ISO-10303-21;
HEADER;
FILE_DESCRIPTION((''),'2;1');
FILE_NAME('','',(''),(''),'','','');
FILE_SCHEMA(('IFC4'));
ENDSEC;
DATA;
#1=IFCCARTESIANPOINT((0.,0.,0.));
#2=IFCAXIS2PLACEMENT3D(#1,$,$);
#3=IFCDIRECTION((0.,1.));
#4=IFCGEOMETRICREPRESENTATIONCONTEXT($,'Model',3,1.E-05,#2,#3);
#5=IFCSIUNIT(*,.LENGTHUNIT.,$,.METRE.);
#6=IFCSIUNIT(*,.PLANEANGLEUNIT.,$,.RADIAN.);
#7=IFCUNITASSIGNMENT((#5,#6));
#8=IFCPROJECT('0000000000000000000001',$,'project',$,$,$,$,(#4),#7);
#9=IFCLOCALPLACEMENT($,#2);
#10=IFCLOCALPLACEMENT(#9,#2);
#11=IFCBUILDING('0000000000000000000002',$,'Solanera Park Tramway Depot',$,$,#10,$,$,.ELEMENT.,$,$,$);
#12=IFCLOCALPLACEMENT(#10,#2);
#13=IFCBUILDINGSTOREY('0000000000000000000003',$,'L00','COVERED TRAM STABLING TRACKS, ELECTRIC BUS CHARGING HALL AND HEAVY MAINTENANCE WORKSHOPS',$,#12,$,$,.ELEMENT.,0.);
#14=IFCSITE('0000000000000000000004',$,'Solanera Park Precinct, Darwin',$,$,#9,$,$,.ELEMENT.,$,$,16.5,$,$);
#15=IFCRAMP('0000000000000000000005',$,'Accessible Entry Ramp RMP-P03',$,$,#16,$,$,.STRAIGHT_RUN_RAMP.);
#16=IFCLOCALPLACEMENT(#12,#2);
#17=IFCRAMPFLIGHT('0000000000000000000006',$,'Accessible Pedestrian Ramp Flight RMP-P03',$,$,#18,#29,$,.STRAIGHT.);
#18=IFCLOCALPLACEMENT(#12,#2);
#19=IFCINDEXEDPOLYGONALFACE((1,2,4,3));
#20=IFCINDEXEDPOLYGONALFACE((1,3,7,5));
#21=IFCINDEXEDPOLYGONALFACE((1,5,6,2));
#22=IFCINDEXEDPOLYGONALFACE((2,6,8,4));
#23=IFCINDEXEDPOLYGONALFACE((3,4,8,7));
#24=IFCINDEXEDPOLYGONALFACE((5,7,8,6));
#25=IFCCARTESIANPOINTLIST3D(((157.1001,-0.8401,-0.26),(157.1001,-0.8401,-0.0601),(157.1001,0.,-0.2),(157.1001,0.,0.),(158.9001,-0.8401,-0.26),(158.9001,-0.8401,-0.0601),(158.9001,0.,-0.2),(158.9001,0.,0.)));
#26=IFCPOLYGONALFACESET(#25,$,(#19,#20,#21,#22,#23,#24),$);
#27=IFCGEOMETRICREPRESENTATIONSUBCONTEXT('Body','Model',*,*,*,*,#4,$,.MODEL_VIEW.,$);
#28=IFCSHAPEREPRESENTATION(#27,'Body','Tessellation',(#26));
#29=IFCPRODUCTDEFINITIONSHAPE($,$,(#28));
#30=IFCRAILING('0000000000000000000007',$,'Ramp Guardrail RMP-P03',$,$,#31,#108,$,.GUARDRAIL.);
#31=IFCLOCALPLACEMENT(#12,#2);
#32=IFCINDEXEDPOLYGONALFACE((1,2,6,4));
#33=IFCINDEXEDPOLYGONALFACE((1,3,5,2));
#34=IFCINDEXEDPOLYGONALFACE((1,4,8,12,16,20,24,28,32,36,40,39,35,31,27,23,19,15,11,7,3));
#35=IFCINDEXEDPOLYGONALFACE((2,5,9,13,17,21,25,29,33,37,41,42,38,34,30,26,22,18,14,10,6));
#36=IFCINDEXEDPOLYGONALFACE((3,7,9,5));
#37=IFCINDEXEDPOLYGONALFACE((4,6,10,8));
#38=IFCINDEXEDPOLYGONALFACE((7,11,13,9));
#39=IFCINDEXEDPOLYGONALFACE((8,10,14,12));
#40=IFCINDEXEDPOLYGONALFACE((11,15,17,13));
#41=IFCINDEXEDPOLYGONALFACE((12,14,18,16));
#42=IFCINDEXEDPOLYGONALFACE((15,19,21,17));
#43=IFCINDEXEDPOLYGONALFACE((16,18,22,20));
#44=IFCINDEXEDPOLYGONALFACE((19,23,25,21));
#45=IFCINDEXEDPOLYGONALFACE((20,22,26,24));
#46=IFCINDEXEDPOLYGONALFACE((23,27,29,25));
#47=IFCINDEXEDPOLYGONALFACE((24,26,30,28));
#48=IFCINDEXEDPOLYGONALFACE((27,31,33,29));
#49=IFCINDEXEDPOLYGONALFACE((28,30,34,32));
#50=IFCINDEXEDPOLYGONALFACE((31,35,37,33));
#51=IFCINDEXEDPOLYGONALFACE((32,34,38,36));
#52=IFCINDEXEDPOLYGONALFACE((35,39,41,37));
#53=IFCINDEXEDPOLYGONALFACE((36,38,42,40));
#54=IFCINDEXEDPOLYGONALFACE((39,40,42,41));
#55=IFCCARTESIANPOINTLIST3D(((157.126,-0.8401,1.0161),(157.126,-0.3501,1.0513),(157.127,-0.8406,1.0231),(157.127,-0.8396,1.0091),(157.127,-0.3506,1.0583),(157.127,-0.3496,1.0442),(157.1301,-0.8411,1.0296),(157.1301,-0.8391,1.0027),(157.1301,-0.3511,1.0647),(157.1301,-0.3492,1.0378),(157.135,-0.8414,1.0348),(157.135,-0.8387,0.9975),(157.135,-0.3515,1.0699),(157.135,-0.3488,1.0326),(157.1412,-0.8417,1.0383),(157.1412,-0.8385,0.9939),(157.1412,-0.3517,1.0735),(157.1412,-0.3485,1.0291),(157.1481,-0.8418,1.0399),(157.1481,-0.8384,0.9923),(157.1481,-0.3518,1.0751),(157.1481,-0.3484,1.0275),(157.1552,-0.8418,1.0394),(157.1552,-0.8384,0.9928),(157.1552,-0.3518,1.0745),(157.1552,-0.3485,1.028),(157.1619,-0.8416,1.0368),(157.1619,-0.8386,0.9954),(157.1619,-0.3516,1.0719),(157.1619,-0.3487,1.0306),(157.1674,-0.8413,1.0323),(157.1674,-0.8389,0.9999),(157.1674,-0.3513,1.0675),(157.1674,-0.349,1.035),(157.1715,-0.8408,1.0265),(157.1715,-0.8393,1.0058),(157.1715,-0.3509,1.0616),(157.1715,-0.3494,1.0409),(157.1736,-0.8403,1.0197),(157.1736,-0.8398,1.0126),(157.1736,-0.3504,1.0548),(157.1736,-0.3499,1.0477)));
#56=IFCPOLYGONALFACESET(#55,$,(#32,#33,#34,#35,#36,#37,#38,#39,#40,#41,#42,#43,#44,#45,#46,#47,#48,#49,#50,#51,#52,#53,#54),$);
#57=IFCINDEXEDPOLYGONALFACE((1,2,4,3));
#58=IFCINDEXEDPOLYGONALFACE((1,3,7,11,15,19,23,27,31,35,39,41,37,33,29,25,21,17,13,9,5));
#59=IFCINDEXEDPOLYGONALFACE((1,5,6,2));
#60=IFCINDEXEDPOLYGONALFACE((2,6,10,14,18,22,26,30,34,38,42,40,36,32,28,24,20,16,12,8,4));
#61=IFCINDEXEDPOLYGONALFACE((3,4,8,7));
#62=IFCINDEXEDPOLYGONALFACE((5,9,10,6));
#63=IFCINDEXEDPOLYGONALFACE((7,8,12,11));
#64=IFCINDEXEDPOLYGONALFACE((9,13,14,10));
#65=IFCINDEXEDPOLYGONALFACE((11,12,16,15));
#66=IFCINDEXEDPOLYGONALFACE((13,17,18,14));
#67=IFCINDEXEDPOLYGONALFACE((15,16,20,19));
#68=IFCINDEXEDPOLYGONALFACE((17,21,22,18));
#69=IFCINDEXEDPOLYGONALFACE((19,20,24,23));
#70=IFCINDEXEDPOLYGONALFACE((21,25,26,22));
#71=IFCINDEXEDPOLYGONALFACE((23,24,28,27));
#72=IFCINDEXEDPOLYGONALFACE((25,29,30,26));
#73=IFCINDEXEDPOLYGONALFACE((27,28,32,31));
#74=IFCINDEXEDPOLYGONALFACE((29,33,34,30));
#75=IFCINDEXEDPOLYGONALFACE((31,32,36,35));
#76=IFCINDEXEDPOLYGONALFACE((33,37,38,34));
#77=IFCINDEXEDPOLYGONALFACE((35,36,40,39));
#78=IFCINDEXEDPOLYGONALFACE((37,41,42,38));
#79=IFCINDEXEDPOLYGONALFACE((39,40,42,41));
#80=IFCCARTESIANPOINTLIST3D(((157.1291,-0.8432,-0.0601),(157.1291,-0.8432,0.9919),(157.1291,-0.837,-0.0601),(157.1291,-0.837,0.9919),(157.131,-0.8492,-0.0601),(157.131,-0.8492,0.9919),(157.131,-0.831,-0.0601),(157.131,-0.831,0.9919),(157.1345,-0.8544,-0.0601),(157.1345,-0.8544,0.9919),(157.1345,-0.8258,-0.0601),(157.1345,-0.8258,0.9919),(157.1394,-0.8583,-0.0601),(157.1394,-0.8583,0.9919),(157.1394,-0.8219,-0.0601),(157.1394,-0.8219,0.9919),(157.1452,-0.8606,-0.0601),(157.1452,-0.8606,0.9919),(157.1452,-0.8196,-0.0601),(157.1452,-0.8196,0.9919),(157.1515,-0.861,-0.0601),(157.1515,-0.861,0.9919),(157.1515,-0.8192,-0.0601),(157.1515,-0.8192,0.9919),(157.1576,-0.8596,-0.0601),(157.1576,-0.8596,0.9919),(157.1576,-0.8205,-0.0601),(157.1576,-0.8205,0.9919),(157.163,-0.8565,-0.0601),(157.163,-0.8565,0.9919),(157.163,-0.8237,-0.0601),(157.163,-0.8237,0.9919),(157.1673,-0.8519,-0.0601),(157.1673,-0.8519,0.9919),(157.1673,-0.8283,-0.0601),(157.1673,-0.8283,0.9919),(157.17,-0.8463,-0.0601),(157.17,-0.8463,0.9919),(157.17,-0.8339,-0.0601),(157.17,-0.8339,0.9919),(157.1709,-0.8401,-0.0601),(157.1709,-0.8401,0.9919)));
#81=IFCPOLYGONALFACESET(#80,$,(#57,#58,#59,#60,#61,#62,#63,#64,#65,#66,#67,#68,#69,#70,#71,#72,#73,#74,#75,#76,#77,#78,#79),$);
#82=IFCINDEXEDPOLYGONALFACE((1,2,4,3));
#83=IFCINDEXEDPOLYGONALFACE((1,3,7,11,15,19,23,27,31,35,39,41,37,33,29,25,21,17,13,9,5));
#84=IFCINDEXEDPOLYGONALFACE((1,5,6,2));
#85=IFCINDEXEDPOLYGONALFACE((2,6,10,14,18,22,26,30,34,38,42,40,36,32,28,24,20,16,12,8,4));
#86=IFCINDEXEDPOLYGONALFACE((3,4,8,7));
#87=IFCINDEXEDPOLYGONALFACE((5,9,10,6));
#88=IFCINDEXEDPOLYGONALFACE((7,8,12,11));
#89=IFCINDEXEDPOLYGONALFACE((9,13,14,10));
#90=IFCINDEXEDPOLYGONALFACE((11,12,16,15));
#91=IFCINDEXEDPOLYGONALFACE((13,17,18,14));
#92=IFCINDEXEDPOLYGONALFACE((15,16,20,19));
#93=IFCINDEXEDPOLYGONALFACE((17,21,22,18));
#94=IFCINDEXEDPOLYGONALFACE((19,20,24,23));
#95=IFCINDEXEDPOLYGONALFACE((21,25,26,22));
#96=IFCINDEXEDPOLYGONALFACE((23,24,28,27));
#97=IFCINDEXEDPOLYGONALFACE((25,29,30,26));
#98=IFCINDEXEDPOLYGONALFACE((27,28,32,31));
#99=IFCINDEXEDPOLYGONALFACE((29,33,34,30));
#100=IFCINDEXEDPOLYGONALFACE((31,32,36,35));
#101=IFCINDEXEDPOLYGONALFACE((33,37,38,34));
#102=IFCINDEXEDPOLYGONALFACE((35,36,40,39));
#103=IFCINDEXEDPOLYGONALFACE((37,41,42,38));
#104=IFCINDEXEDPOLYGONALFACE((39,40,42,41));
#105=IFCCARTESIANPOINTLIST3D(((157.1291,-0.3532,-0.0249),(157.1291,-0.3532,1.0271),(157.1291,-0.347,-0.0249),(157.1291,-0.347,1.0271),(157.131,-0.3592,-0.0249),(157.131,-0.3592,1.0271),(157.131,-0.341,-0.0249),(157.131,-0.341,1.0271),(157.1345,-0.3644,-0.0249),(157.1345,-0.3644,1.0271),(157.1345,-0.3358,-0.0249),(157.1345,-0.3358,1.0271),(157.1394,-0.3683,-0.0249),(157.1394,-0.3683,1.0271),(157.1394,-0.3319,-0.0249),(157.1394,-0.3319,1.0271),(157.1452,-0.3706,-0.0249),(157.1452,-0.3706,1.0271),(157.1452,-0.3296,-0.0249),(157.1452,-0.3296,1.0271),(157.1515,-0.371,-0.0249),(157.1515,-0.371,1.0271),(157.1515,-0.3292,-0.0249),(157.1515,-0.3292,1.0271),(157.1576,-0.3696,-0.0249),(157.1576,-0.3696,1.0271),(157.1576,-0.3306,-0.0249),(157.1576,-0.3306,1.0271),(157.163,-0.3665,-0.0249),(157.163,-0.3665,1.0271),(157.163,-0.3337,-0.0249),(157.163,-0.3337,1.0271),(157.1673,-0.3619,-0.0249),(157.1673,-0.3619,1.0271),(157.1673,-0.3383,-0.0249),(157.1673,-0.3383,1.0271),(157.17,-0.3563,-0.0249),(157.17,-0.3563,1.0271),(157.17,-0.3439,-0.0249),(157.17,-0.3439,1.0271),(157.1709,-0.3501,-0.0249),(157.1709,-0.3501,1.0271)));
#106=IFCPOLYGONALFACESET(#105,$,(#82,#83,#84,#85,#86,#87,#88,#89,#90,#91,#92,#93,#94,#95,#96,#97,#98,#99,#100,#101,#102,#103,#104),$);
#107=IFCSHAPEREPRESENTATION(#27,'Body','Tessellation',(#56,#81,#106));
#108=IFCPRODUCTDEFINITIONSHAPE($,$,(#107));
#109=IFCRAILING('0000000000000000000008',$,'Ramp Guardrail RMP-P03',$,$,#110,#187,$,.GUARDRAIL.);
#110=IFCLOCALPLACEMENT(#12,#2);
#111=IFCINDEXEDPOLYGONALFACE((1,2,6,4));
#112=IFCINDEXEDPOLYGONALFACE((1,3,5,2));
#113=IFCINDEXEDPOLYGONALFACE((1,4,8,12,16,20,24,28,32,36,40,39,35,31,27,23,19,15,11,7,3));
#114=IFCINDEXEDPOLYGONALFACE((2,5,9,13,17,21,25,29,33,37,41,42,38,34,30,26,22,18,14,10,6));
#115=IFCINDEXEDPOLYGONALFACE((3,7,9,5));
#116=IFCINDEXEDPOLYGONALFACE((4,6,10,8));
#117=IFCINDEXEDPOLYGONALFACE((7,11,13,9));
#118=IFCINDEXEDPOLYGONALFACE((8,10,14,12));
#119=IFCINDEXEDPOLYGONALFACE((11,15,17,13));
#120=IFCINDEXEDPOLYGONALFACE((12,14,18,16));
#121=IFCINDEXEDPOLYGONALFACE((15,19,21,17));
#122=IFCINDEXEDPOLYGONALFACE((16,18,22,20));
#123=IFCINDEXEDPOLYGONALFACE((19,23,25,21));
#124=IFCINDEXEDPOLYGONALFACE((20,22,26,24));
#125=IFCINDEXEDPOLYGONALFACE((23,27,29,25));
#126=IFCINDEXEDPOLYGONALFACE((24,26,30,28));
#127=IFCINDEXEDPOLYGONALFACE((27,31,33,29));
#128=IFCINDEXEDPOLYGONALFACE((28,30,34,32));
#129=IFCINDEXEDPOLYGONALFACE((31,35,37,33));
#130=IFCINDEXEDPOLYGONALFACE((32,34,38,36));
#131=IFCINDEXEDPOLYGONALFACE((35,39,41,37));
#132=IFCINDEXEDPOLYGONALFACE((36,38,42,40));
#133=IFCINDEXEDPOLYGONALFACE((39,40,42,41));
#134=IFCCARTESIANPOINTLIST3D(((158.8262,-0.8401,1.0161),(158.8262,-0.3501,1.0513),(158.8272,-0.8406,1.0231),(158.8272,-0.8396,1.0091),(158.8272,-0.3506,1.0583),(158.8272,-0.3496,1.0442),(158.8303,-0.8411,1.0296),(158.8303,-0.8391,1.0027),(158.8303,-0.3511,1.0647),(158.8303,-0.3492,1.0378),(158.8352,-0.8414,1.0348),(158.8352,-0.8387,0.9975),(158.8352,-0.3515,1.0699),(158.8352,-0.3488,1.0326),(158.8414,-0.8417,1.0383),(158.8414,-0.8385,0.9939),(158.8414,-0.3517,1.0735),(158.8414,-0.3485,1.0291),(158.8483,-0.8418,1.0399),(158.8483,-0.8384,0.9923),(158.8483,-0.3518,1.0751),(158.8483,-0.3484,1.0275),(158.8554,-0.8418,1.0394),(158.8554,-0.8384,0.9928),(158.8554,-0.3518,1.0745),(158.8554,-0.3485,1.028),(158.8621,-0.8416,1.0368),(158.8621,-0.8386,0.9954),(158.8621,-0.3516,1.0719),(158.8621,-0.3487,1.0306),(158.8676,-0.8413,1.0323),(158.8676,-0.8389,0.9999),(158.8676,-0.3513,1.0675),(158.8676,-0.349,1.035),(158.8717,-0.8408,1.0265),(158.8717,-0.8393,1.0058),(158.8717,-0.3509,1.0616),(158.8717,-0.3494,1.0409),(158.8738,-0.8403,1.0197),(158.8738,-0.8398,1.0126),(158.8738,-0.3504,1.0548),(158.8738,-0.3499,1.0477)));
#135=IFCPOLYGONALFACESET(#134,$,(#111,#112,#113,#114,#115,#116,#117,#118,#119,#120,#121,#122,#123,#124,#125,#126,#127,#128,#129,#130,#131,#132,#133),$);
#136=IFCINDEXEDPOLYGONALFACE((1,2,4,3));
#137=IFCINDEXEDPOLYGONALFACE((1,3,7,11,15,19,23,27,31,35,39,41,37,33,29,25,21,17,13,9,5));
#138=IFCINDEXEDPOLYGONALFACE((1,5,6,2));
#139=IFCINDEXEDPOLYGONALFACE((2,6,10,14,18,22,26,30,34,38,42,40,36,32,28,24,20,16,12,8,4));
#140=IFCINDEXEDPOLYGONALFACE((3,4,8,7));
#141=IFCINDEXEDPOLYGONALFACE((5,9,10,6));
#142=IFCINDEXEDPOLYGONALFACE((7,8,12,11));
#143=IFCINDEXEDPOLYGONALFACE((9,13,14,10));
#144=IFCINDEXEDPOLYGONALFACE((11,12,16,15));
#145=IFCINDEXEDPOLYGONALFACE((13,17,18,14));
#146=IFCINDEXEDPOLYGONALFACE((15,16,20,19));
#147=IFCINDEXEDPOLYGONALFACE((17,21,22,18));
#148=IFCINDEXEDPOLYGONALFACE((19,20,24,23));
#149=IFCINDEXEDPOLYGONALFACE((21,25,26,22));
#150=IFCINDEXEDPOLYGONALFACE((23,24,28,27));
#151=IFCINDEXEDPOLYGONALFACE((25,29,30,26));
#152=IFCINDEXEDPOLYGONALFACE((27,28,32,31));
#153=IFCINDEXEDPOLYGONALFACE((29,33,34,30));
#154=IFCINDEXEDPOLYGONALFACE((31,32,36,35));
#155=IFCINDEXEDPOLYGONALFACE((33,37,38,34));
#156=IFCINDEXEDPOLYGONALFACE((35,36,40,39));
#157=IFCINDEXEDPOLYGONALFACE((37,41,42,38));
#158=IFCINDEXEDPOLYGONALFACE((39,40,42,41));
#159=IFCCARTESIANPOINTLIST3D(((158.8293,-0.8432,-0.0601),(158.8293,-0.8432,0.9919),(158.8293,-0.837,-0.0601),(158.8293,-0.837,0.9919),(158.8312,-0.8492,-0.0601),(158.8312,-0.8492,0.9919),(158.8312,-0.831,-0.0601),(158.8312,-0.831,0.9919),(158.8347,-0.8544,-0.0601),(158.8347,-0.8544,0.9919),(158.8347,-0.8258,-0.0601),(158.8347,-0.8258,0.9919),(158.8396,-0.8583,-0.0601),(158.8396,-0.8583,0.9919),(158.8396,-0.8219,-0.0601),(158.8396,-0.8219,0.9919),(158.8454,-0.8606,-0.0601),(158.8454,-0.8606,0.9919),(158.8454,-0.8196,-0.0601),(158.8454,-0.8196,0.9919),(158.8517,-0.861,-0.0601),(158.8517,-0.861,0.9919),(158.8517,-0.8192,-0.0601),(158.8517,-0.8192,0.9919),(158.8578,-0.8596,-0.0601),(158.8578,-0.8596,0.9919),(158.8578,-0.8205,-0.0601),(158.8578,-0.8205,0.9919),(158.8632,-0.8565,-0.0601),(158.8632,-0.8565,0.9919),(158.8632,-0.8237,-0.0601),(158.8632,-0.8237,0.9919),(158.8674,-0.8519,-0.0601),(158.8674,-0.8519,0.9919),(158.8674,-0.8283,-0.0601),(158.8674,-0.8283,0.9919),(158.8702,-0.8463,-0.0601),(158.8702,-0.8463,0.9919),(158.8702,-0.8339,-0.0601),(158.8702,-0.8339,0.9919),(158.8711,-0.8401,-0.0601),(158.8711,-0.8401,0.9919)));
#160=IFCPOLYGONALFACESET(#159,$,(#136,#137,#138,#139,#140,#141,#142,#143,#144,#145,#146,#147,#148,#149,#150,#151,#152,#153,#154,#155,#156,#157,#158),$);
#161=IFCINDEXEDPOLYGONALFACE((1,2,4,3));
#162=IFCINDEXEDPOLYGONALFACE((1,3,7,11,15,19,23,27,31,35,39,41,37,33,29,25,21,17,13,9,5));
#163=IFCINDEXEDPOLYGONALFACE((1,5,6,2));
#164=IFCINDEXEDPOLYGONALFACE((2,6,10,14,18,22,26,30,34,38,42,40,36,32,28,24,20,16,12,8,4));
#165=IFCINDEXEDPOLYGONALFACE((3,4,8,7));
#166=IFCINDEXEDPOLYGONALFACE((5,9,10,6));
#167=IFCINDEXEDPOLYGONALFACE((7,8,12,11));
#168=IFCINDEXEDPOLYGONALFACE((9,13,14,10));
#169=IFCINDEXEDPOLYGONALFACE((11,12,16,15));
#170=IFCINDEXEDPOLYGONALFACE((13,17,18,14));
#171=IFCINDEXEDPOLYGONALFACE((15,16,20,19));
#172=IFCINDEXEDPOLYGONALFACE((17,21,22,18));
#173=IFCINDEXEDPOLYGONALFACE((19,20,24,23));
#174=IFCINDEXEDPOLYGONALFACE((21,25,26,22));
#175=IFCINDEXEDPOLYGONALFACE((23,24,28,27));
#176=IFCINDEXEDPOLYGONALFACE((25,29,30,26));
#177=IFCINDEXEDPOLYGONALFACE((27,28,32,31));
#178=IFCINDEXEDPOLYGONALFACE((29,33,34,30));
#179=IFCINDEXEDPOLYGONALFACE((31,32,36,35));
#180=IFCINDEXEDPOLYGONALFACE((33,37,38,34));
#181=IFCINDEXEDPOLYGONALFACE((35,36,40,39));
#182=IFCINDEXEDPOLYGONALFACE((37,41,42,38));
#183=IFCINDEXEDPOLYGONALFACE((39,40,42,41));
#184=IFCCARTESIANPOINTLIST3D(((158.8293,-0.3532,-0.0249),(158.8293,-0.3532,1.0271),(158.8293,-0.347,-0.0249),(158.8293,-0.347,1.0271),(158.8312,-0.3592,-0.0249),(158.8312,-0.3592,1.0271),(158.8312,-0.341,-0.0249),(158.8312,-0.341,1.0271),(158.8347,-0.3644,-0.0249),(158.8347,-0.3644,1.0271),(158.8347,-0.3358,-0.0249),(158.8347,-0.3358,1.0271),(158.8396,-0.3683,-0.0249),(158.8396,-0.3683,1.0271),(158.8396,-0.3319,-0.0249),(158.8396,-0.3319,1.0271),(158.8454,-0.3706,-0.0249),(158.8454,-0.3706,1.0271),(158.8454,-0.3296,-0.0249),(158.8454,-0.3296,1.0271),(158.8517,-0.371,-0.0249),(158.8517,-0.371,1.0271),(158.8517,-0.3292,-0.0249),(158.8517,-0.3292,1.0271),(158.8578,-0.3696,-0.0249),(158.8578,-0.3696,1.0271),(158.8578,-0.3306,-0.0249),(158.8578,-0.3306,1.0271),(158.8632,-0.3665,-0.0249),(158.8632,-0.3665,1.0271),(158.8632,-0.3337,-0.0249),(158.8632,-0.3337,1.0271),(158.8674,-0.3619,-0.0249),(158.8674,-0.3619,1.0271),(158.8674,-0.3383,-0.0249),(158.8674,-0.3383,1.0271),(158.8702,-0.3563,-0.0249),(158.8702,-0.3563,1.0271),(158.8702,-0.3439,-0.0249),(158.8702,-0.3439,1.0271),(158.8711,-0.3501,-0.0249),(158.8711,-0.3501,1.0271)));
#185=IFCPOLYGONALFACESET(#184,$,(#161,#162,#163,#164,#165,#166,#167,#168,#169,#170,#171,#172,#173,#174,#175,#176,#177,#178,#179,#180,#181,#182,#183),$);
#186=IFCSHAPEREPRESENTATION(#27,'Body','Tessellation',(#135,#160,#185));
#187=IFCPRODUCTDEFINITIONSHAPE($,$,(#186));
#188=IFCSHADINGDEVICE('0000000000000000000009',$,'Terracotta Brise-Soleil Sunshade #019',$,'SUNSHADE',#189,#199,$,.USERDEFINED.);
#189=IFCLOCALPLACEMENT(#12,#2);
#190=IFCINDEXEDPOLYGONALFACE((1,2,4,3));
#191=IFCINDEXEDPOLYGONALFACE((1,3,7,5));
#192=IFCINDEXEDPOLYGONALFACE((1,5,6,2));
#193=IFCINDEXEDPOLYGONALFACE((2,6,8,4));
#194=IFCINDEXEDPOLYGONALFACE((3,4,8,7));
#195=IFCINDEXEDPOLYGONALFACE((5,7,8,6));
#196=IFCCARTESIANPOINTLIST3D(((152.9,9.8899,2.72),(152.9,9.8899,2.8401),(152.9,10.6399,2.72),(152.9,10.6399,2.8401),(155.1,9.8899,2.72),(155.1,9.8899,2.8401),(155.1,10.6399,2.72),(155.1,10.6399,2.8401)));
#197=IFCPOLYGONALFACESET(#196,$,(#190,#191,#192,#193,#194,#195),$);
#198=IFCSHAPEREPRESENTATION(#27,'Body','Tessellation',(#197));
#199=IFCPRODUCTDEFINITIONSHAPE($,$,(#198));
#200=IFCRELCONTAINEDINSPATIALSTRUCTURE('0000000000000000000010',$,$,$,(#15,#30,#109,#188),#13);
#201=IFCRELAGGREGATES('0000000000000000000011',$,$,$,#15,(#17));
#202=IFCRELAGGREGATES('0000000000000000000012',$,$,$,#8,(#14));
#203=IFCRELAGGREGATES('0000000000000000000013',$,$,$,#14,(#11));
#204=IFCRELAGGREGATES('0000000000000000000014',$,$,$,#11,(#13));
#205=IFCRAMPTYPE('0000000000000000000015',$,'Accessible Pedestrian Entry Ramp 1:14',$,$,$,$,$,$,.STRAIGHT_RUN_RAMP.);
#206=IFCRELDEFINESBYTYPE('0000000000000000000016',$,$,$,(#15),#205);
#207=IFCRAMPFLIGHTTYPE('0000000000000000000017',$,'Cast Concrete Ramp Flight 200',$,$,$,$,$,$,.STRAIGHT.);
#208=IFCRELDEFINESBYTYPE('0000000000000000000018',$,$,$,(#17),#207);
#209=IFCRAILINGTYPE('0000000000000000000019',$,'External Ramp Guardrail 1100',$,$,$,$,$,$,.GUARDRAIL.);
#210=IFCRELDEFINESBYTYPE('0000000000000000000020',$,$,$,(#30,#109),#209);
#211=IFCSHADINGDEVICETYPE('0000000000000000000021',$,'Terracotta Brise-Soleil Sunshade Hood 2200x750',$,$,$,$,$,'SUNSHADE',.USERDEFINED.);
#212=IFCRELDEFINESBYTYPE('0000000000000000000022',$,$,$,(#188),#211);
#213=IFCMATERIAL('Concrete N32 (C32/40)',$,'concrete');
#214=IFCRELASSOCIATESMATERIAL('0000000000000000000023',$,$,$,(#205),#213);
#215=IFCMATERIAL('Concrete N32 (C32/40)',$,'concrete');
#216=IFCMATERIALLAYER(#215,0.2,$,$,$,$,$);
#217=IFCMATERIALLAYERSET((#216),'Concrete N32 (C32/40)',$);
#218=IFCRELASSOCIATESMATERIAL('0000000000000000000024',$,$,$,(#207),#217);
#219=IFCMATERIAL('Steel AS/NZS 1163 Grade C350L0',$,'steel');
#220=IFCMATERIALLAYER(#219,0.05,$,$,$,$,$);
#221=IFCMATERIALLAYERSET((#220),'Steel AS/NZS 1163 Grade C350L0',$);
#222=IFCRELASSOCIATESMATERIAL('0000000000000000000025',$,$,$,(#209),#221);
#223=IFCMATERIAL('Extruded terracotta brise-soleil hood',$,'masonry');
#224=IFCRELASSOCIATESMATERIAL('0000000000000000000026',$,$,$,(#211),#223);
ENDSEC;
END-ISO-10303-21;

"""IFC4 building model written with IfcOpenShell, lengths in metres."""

from ifc_helpers import new_model, si_unit, direction, frame, origin, origin_2d, place, context, subcontext, project, spatial, polyline, rectangle, circle, outline, extrude, material, layer, layer_set, type_object, element, aggregate, save


model = new_model("IFC4")

# Units and contexts
model_context = context("Model", 3, precision=1e-05, world=origin(), true_north=direction((0.0, 1.0)))
body_context = subcontext(model_context, "Body", "Model", "MODEL_VIEW")
ifc_project = project(units=[si_unit("LENGTHUNIT", "METRE"), si_unit("PLANEANGLEUNIT", "RADIAN")], contexts=[model_context])

# Site, building, storey
site_placement = place(None, origin())
site = spatial("IfcSite", under=ifc_project, at=site_placement, Name="Solanera Park Precinct, Darwin", CompositionType="ELEMENT", RefElevation=16.5)
building_placement = place(site_placement, origin())
building = spatial("IfcBuilding", under=site, at=building_placement, Name="Solanera Park Tramway Depot", CompositionType="ELEMENT")
storey_placement = place(building_placement, origin())
storey = spatial("IfcBuildingStorey", under=building, at=storey_placement, Name="L00", Description="COVERED TRAM STABLING TRACKS, ELECTRIC BUS CHARGING HALL AND HEAVY MAINTENANCE WORKSHOPS", CompositionType="ELEMENT", Elevation=0.0)

# Ramp, ramp flight
ifc_material_1 = material(Name="Concrete N32 (C32/40)", Category="concrete")
ramp_type = type_object("IfcRampType", Name="Accessible Pedestrian Entry Ramp 1:14", PredefinedType="STRAIGHT_RUN_RAMP", material=ifc_material_1)
ramp_placement = place(storey_placement, origin())
ramp = element("IfcRamp", 1, at=ramp_placement, inside=storey, type_object=ramp_type, Name="Accessible Entry Ramp RMP-P03", PredefinedType="STRAIGHT_RUN_RAMP")
ifc_material_2 = material(Name="Concrete N32 (C32/40)", Category="concrete")
ifc_layer_1 = layer(ifc_material_2, 0.2)
ifc_layer_set_1 = layer_set([ifc_layer_1], Name="Concrete N32 (C32/40)")
ramp_flight_type = type_object("IfcRampFlightType", Name="Cast Concrete Ramp Flight 200", PredefinedType="STRAIGHT", material=ifc_layer_set_1)
ramp_flight_placement = place(storey_placement, frame((158.0, -0.8401, -0.0601), z_axis=(0.0, 0.0, 1.0), x_axis=(0.0, 1.0, 0.0)))
ramp_flight = element("IfcRampFlight", 2, at=ramp_flight_placement, type_object=ramp_flight_type, Name="Accessible Pedestrian Ramp Flight RMP-P03", PredefinedType="STRAIGHT", context=body_context, shape_type="SweptSolid", body=[
    extrude(outline(polyline([(0.0, 0.0), (0.0, -0.2), (0.8401, -0.1399), (0.8401, 0.0601), (0.0, 0.0)])), frame((0.0, 0.8999, 0.0), z_axis=(0.0, -1.0, 0.0), x_axis=(1.0, 0.0, 0.0)), (0.0, 0.0, 1.0), 1.8),
])
aggregate(ramp, [ramp_flight])

# Railings
ifc_material_3 = material(Name="Steel AS/NZS 1163 Grade C350L0", Category="steel")
ifc_layer_2 = layer(ifc_material_3, 0.05)
ifc_layer_set_2 = layer_set([ifc_layer_2], Name="Steel AS/NZS 1163 Grade C350L0")
railing_type = type_object("IfcRailingType", Name="External Ramp Guardrail 1100", PredefinedType="GUARDRAIL", material=ifc_layer_set_2)
for number, where, name in (
    (3, (157.1499, -0.8401, -0.0601), "Ramp Guardrail RMP-P03"),
    (4, (158.8501, -0.8401, -0.0601), "Ramp Guardrail RMP-P03"),
):
    element("IfcRailing", number, at=place(storey_placement, frame(where)), inside=storey, type_object=railing_type, Name=name, PredefinedType="GUARDRAIL", context=body_context, shape_type="SweptSolid", body=[
        extrude(circle(Radius=0.0239, at=origin_2d()), frame((0.0, 0.0, 1.0762), z_axis=(0.0, 0.997436, 0.071565), x_axis=(-1.0, 0.0, 0.0)), (0.0, 0.0, 1.0), 0.4912),
        extrude(circle(Radius=0.021, at=origin_2d()), origin(), (0.0, 0.0, 1.0), 1.052),
        extrude(circle(Radius=0.021, at=origin_2d()), frame((0.0, 0.49, 0.0352)), (0.0, 0.0, 1.0), 1.052),
    ])

# Shading device
ifc_material_4 = material(Name="Extruded terracotta brise-soleil hood", Category="masonry")
shading_device_type = type_object("IfcShadingDeviceType", Name="Terracotta Brise-Soleil Sunshade Hood 2200x750", ElementType="SUNSHADE", PredefinedType="USERDEFINED", material=ifc_material_4)
shading_device_placement = place(storey_placement, frame((154.0, 10.2649, 2.72), z_axis=(0.0, 0.0, 1.0), x_axis=(1.0, 0.0, 0.0)))
element("IfcShadingDevice", 5, at=shading_device_placement, inside=storey, type_object=shading_device_type, Name="Terracotta Brise-Soleil Sunshade #019", ObjectType="SUNSHADE", PredefinedType="USERDEFINED", context=body_context, shape_type="SweptSolid", body=[
    extrude(rectangle(XDim=2.2, YDim=0.75, at=origin_2d()), origin(), (0.0, 0.0, 1.0), 0.1201),
])

save(model, "model.ifc")
